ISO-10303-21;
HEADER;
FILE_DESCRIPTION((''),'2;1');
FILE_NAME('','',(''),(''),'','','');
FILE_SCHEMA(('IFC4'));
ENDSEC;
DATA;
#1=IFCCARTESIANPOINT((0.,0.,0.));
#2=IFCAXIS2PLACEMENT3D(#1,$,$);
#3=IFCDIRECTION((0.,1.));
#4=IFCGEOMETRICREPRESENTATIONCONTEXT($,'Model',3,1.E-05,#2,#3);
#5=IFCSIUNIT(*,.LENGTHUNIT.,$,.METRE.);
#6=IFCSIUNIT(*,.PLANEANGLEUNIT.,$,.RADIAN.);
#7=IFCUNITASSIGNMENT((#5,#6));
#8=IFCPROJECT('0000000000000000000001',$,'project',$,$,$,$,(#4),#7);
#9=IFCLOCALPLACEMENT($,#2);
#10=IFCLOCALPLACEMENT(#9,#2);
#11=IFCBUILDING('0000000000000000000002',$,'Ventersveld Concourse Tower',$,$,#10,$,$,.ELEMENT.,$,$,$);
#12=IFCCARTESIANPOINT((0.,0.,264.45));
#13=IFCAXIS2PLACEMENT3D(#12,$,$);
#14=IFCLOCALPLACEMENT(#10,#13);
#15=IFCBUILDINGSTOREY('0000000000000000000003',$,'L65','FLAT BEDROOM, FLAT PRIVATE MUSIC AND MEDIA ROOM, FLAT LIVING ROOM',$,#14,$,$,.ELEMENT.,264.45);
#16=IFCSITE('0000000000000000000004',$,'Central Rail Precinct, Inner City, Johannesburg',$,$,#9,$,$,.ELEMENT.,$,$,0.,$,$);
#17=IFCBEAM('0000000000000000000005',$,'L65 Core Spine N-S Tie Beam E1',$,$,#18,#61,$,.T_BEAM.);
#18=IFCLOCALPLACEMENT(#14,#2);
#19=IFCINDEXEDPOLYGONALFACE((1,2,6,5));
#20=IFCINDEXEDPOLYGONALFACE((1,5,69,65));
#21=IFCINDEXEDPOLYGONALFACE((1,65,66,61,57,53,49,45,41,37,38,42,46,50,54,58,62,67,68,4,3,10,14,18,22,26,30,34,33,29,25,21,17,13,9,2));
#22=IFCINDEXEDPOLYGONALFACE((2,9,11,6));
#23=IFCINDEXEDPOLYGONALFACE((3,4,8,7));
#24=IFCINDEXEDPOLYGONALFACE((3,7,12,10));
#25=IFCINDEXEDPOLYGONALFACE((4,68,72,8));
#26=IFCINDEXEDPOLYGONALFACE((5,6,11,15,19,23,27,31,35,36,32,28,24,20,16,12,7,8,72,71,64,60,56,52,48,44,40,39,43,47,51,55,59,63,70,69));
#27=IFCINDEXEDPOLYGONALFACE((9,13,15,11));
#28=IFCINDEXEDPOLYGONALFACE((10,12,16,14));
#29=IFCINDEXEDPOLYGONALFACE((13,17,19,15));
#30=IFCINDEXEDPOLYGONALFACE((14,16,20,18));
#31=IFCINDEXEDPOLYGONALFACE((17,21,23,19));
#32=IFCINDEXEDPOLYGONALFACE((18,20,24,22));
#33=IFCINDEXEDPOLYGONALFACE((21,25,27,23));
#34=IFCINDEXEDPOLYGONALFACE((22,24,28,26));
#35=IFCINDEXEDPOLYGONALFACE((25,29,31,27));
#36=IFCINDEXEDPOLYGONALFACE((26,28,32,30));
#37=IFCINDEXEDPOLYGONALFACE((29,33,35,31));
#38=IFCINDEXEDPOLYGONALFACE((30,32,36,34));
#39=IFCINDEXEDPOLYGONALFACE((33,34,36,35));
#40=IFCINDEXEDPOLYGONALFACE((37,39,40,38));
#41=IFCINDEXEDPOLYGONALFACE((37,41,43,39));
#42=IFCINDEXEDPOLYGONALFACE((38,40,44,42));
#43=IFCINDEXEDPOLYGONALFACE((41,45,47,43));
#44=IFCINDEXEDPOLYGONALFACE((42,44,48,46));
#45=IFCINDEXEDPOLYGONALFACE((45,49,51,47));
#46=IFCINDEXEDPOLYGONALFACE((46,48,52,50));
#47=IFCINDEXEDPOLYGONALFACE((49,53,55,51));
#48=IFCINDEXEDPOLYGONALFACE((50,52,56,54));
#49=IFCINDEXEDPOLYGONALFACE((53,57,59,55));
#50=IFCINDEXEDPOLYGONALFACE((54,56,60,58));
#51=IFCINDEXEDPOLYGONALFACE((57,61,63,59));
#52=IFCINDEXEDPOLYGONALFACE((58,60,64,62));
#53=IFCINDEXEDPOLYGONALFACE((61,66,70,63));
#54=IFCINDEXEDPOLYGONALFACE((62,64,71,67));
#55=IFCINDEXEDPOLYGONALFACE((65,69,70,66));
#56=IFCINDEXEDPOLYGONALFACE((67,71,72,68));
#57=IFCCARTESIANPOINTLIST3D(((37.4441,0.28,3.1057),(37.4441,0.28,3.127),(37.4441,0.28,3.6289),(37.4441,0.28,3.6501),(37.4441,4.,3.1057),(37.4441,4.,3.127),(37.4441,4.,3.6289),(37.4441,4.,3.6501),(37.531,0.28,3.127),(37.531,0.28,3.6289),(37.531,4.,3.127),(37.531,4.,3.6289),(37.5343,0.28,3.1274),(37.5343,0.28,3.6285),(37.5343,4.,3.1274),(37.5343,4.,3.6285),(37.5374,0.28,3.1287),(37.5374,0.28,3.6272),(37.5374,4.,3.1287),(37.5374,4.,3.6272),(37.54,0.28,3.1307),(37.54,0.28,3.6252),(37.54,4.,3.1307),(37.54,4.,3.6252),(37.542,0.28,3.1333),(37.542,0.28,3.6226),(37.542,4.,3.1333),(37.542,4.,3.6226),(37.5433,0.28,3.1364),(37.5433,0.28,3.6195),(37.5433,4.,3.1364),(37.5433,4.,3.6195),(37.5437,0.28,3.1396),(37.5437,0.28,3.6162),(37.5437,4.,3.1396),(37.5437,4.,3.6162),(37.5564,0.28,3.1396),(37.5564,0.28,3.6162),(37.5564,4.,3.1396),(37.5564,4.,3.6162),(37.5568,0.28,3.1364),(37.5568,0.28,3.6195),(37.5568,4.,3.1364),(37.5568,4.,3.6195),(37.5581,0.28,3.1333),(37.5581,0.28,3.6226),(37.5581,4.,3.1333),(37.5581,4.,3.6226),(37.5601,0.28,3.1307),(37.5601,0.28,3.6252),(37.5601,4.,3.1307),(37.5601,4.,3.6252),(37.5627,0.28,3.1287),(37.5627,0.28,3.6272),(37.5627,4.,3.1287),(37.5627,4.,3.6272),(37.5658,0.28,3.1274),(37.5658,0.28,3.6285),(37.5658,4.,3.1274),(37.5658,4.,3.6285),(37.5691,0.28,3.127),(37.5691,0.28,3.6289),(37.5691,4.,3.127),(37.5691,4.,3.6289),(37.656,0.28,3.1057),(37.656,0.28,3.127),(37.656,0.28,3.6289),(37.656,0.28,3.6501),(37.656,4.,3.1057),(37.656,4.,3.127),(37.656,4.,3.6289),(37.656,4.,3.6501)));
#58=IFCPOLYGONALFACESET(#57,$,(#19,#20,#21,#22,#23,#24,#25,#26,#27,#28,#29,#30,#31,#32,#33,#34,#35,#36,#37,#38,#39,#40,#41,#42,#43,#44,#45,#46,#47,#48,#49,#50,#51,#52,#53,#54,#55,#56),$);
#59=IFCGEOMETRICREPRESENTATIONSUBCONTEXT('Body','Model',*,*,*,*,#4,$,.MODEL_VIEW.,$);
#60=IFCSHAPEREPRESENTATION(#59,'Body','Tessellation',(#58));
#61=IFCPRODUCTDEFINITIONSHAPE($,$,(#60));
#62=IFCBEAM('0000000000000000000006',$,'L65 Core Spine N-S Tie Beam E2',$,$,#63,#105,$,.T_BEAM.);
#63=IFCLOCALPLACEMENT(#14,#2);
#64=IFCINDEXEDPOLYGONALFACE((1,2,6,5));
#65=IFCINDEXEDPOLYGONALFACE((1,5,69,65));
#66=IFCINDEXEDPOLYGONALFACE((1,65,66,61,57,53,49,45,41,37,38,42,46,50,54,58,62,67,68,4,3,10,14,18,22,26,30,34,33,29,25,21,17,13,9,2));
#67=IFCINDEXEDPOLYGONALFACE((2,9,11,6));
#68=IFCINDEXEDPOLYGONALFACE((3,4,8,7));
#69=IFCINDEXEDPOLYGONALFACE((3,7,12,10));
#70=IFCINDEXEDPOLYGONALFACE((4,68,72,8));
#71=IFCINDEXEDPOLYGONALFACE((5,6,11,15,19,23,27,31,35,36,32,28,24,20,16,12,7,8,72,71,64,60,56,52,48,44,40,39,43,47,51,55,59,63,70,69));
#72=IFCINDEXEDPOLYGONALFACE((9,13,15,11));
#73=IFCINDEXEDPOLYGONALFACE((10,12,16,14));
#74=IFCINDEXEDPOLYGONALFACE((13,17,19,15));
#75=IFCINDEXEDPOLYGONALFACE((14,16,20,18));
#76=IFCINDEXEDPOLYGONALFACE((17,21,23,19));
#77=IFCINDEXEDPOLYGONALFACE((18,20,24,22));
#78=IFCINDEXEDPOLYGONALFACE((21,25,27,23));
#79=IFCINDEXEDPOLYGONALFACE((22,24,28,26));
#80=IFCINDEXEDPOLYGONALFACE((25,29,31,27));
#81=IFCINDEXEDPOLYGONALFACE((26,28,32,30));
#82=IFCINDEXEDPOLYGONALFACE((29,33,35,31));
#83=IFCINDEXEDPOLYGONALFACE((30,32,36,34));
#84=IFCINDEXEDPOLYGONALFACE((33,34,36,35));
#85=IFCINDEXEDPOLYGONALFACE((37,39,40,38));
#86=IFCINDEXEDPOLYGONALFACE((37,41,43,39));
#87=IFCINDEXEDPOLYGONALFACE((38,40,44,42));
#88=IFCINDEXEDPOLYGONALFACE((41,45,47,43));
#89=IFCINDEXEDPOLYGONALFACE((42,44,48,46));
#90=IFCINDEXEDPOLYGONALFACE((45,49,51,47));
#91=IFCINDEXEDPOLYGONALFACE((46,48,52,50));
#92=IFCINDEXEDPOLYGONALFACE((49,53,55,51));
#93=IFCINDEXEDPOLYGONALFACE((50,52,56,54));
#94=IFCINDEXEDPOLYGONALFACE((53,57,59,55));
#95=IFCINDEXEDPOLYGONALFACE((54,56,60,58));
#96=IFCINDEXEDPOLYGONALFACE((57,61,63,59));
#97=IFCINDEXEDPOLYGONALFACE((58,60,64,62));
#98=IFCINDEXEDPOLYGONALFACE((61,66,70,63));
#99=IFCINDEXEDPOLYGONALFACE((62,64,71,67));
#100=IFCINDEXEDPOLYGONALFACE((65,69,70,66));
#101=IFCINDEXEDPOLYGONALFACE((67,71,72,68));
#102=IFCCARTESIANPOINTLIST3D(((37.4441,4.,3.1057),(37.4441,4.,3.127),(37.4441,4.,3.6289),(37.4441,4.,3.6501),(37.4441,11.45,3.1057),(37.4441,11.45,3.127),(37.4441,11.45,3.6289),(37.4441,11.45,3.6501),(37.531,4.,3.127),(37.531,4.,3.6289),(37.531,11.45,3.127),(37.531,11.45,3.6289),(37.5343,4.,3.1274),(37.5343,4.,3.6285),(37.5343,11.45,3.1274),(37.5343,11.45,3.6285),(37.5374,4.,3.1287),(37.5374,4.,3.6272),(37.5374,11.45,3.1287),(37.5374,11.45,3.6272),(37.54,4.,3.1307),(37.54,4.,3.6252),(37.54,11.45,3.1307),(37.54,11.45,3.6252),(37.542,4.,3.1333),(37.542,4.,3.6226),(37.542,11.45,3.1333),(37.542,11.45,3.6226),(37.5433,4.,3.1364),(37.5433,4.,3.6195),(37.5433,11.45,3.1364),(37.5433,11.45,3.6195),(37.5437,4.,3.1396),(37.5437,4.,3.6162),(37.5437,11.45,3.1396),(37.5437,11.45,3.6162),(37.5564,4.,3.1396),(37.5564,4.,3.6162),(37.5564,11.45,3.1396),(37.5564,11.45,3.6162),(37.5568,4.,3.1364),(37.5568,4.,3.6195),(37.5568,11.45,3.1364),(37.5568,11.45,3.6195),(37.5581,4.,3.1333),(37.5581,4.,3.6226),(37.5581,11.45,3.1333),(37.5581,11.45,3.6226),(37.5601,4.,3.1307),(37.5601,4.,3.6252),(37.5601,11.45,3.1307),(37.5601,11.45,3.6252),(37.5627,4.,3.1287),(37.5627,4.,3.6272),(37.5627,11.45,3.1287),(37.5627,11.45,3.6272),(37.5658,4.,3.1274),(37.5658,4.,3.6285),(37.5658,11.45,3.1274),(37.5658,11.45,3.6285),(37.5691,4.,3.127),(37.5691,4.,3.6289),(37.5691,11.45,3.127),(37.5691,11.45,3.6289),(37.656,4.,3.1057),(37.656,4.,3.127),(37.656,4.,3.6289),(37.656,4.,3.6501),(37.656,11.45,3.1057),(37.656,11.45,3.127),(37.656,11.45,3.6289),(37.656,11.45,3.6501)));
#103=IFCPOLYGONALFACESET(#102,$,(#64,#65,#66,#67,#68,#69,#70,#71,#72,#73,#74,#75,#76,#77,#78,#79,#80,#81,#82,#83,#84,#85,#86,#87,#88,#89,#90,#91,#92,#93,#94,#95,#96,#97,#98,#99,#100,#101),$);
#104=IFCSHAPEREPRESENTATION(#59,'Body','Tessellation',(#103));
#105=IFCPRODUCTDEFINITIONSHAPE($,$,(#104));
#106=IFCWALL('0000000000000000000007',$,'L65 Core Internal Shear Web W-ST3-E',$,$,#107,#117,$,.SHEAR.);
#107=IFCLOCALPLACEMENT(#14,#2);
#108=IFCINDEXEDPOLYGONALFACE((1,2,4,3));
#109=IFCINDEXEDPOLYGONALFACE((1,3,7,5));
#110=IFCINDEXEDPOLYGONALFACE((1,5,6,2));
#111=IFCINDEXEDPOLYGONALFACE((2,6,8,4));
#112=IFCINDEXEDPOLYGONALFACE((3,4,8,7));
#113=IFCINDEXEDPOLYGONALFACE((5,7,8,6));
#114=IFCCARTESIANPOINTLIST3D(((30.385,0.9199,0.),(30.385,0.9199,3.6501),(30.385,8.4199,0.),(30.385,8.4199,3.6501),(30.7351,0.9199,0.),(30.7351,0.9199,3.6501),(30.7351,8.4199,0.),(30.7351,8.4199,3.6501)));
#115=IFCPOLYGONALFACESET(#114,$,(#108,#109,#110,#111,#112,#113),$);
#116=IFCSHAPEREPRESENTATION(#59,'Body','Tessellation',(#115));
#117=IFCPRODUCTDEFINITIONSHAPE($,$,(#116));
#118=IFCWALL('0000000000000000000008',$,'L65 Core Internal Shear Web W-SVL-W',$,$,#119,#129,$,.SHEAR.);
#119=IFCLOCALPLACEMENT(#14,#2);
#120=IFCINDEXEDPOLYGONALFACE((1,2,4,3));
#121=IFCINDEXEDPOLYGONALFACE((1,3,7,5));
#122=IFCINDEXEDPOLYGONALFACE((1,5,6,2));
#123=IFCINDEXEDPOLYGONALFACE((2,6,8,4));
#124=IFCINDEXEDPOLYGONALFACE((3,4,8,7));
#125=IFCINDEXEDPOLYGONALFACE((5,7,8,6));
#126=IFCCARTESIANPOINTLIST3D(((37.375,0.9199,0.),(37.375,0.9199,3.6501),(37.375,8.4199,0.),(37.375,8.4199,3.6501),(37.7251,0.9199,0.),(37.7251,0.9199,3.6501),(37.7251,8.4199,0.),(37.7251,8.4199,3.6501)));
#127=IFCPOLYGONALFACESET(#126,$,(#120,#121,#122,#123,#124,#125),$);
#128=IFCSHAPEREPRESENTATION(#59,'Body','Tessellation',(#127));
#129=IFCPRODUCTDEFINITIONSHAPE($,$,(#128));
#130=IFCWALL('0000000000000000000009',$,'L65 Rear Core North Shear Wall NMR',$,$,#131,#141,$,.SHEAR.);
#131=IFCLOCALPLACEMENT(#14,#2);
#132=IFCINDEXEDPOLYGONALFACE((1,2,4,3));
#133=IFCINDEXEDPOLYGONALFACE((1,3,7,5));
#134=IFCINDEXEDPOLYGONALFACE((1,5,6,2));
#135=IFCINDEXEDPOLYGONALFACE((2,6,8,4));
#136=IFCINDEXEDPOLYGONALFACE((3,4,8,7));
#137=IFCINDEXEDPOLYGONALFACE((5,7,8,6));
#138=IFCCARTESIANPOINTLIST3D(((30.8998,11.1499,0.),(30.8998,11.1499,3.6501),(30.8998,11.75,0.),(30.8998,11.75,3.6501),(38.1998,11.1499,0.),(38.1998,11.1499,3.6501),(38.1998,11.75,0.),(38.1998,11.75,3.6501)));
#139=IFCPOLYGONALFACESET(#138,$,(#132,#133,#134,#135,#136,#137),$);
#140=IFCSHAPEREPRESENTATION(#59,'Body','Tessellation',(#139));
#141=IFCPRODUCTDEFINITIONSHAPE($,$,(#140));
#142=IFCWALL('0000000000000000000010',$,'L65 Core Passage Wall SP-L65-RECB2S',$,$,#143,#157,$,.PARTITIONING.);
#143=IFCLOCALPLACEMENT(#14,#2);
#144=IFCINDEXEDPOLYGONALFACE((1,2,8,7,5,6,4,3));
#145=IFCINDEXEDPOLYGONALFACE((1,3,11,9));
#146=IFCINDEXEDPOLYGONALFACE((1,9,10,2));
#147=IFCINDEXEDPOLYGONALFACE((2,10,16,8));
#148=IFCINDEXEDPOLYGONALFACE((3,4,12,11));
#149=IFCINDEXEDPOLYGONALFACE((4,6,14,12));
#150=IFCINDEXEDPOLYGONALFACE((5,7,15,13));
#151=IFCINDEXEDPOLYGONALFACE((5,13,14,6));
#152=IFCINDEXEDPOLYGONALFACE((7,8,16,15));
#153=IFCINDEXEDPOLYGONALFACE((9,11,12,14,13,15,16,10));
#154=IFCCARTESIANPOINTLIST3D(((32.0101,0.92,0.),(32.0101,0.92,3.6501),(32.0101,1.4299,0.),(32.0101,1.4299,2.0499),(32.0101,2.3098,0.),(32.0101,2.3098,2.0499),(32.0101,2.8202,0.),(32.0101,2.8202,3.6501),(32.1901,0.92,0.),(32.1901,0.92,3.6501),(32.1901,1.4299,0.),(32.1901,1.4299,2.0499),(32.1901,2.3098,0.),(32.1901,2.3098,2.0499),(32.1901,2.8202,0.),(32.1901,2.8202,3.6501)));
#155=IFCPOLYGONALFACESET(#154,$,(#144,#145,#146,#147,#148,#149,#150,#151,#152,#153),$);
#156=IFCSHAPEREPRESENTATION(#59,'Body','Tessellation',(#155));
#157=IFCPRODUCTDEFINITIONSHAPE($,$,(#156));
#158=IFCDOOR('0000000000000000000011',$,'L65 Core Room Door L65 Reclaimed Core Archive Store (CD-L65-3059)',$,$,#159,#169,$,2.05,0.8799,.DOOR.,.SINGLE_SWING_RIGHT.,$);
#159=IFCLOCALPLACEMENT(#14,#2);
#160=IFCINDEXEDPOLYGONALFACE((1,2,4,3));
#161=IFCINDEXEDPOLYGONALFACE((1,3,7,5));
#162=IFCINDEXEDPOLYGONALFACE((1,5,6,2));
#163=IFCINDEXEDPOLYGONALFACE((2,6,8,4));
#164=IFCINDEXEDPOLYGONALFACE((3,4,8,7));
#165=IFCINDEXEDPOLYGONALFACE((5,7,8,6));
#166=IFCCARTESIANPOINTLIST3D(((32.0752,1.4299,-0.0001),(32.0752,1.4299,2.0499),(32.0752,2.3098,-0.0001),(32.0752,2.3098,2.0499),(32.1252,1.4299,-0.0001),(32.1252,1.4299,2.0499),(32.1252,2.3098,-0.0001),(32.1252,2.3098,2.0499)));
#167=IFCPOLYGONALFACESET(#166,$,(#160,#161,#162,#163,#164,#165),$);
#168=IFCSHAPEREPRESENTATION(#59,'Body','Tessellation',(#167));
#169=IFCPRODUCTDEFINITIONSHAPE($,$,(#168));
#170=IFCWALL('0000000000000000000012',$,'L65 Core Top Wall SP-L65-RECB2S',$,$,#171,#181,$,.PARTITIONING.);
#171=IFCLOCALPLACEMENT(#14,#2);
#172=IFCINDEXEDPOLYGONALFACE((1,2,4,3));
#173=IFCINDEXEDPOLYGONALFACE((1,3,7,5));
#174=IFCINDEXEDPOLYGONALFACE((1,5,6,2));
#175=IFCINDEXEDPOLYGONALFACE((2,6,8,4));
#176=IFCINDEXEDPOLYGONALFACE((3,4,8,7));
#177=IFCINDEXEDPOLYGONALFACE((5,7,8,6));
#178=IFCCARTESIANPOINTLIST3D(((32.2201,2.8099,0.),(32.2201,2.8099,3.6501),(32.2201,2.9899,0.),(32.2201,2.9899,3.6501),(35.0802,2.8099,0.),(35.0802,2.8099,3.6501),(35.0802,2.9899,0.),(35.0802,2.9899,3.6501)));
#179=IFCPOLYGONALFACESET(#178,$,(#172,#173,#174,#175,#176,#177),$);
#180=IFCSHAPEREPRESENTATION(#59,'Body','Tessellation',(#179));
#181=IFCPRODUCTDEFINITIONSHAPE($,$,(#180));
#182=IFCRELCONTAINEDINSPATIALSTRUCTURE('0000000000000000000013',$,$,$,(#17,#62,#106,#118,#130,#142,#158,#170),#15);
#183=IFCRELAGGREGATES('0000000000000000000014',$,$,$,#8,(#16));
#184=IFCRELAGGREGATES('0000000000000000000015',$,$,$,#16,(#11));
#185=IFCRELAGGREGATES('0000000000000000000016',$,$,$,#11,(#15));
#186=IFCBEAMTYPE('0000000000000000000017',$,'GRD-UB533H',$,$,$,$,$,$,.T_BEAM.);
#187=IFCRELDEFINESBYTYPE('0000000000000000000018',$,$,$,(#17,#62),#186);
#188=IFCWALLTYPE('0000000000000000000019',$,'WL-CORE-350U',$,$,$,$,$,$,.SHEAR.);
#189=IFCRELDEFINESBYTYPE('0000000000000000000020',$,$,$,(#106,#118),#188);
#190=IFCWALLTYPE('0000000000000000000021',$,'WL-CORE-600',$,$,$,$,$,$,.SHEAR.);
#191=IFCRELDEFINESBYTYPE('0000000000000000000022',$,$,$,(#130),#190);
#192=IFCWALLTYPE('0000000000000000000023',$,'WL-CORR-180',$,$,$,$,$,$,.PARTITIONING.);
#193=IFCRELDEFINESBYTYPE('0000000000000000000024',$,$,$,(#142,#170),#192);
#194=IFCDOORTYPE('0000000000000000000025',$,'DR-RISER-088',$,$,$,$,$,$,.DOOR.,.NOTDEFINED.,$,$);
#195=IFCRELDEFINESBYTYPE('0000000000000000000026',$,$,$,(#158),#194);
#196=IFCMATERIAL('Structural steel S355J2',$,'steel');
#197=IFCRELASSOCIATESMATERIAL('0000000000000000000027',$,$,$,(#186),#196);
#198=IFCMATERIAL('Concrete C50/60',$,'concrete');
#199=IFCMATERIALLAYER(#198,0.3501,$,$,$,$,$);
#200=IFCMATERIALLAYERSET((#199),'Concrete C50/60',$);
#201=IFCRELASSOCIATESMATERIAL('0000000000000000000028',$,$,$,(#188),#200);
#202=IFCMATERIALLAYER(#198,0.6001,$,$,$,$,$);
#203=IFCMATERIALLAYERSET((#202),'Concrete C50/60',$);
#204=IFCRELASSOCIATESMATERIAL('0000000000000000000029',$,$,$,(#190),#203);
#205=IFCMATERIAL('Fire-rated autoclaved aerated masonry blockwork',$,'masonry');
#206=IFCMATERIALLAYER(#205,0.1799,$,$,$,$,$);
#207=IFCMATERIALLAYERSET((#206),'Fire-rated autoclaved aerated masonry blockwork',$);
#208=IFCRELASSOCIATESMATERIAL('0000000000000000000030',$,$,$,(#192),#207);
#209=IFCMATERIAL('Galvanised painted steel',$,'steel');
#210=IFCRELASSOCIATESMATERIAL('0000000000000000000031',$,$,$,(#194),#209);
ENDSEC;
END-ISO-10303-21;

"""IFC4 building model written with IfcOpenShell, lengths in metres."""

from ifc_helpers import new_model, si_unit, direction, frame, frame_2d, origin, origin_2d, place, context, subcontext, project, spatial, rectangle, i_section, extrude, material, layer, layer_set, material_profile, profile_set, type_object, element, fill, save


model = new_model("IFC4")

# Units and contexts
model_context = context("Model", 3, precision=1e-05, world=origin(), true_north=direction((0.0, 1.0)))
body_context = subcontext(model_context, "Body", "Model", "MODEL_VIEW")
ifc_project = project(units=[si_unit("LENGTHUNIT", "METRE"), si_unit("PLANEANGLEUNIT", "RADIAN")], contexts=[model_context])

# Site, building, storey
site_placement = place(None, origin())
site = spatial("IfcSite", under=ifc_project, at=site_placement, Name="Central Rail Precinct, Inner City, Johannesburg", CompositionType="ELEMENT", RefElevation=0.0)
building_placement = place(site_placement, origin())
building = spatial("IfcBuilding", under=site, at=building_placement, Name="Ventersveld Concourse Tower", CompositionType="ELEMENT")
storey_placement = place(building_placement, frame((0.0, 0.0, 264.45)))
storey = spatial("IfcBuildingStorey", under=building, at=storey_placement, Name="L65", Description="FLAT BEDROOM, FLAT PRIVATE MUSIC AND MEDIA ROOM, FLAT LIVING ROOM", CompositionType="ELEMENT", Elevation=264.45)

# Shared definitions
ifc_material_1 = material(Name="Concrete C50/60", Category="concrete")

# Beams
ifc_material_2 = material(Name="Structural steel S355J2", Category="steel")
ifc_material_profile_1 = material_profile(ifc_material_2, i_section(OverallWidth=0.2119, OverallDepth=0.5444, WebThickness=0.0127, FlangeThickness=0.0212, FilletRadius=0.0127, at=origin_2d()), Name="UB 533x210x122")
ifc_profile_set_1 = profile_set([ifc_material_profile_1], Name="Structural steel S355J2")
beam_type_1 = type_object("IfcBeamType", Name="GRD-UB533H", PredefinedType="T_BEAM", material=ifc_profile_set_1)
beam_1_placement = place(storey_placement, frame((37.55, 0.28, 3.3779), z_axis=(0.0, 1.0, 0.0), x_axis=(-1.0, 0.0, 0.0)))
element("IfcBeam", 1, at=beam_1_placement, inside=storey, type_object=beam_type_1, Name="L65 Core Spine N-S Tie Beam E1", PredefinedType="T_BEAM", context=body_context, shape_type="SweptSolid", body=[
    extrude(i_section(OverallWidth=0.2119, OverallDepth=0.5444, WebThickness=0.0127, FlangeThickness=0.0212, FilletRadius=0.0127, at=origin_2d()), origin(), (0.0, 0.0, 1.0), 3.72),
])
beam_2_placement = place(storey_placement, frame((37.55, 4.0, 3.3779), z_axis=(0.0, 1.0, 0.0), x_axis=(-1.0, 0.0, 0.0)))
element("IfcBeam", 2, at=beam_2_placement, inside=storey, type_object=beam_type_1, Name="L65 Core Spine N-S Tie Beam E2", PredefinedType="T_BEAM", context=body_context, shape_type="SweptSolid", body=[
    extrude(i_section(OverallWidth=0.2119, OverallDepth=0.5444, WebThickness=0.0127, FlangeThickness=0.0212, FilletRadius=0.0127, at=origin_2d()), origin(), (0.0, 0.0, 1.0), 7.45),
])

# Walls
ifc_layer_1 = layer(ifc_material_1, 0.3501)
ifc_layer_set_1 = layer_set([ifc_layer_1], Name="Concrete C50/60")
wall_type_1 = type_object("IfcWallType", Name="WL-CORE-350U", PredefinedType="SHEAR", material=ifc_layer_set_1)
for number, where, z_axis, x_axis, name in (
    (3, (30.5601, 0.9199, 0.0), (0.0, 0.0, 1.0), (0.0, 1.0, 0.0), "L65 Core Internal Shear Web W-ST3-E"),
    (4, (37.55, 0.9199, 0.0), (0.0, 0.0, 1.0), (0.0, 1.0, 0.0), "L65 Core Internal Shear Web W-SVL-W"),
):
    element("IfcWall", number, at=place(storey_placement, frame(where, z_axis=z_axis, x_axis=x_axis)), inside=storey, type_object=wall_type_1, Name=name, PredefinedType="SHEAR", context=body_context, shape_type="SweptSolid", body=[
        extrude(rectangle(XDim=7.5, YDim=0.3501, at=frame_2d((3.75, 0.0))), origin(), (0.0, 0.0, 1.0), 3.6501),
    ])
ifc_layer_2 = layer(ifc_material_1, 0.6001)
ifc_layer_set_2 = layer_set([ifc_layer_2], Name="Concrete C50/60")
wall_type_2 = type_object("IfcWallType", Name="WL-CORE-600", PredefinedType="SHEAR", material=ifc_layer_set_2)
wall_1_placement = place(storey_placement, frame((30.8999, 11.45, 0.0), z_axis=(0.0, 0.0, 1.0), x_axis=(1.0, 0.0, 0.0)))
element("IfcWall", 5, at=wall_1_placement, inside=storey, type_object=wall_type_2, Name="L65 Rear Core North Shear Wall NMR", PredefinedType="SHEAR", context=body_context, shape_type="SweptSolid", body=[
    extrude(rectangle(XDim=7.3, YDim=0.6001, at=frame_2d((3.6499, 0.0))), origin(), (0.0, 0.0, 1.0), 3.6501),
])

# Wall, opening, door
ifc_material_3 = material(Name="Fire-rated autoclaved aerated masonry blockwork", Category="masonry")
ifc_layer_3 = layer(ifc_material_3, 0.1799)
ifc_layer_set_3 = layer_set([ifc_layer_3], Name="Fire-rated autoclaved aerated masonry blockwork")
wall_type_3 = type_object("IfcWallType", Name="WL-CORR-180", PredefinedType="PARTITIONING", material=ifc_layer_set_3)
wall_2_placement = place(storey_placement, frame((32.1001, 0.9199, 0.0), z_axis=(0.0, 0.0, 1.0), x_axis=(0.0, 1.0, 0.0)))
wall_2 = element("IfcWall", 6, at=wall_2_placement, inside=storey, type_object=wall_type_3, Name="L65 Core Passage Wall SP-L65-RECB2S", PredefinedType="PARTITIONING", context=body_context, shape_type="SweptSolid", body=[
    extrude(rectangle(XDim=1.9001, YDim=0.1799, at=frame_2d((0.9502, 0.0))), origin(), (0.0, 0.0, 1.0), 3.6501),
])
opening_1_placement = place(wall_2_placement, frame((0.51, 0.0, 0.0)))
opening_1 = element("IfcOpeningElement", 7, at=opening_1_placement, cuts=wall_2, PredefinedType="OPENING", context=body_context, shape_type="SweptSolid", body=[
    extrude(rectangle(XDim=0.8799, YDim=2.05, at=frame_2d((0.4399, 1.0249))), frame((0.0, 0.1001, 0.0), z_axis=(0.0, -1.0, 0.0), x_axis=(1.0, 0.0, 0.0)), (0.0, 0.0, 1.0), 0.2),
])
ifc_material_4 = material(Name="Galvanised painted steel", Category="steel")
door_type_1 = type_object("IfcDoorType", Name="DR-RISER-088", OperationType="NOTDEFINED", PredefinedType="DOOR", material=ifc_material_4)
door_1_placement = place(opening_1_placement, origin())
door_1 = element("IfcDoor", 8, at=door_1_placement, inside=storey, type_object=door_type_1, Name="L65 Core Room Door L65 Reclaimed Core Archive Store (CD-L65-3059)", OperationType="SINGLE_SWING_RIGHT", OverallHeight=2.05, OverallWidth=0.8799, PredefinedType="DOOR", context=body_context, shape_type="SweptSolid", body=[
    extrude(rectangle(XDim=0.8799, YDim=2.05, at=frame_2d((0.4399, 1.0249))), frame((0.0, 0.0249, 0.0), z_axis=(0.0, -1.0, 0.0), x_axis=(1.0, 0.0, 0.0)), (0.0, 0.0, 1.0), 0.05),
])
fill(opening_1, door_1)

# Wall
wall_3_placement = place(storey_placement, frame((32.22, 2.8999, 0.0), z_axis=(0.0, 0.0, 1.0), x_axis=(1.0, 0.0, 0.0)))
element("IfcWall", 9, at=wall_3_placement, inside=storey, type_object=wall_type_3, Name="L65 Core Top Wall SP-L65-RECB2S", PredefinedType="PARTITIONING", context=body_context, shape_type="SweptSolid", body=[
    extrude(rectangle(XDim=2.8601, YDim=0.1799, at=frame_2d((1.4302, 0.0))), origin(), (0.0, 0.0, 1.0), 3.6501),
])

save(model, "model.ifc")
